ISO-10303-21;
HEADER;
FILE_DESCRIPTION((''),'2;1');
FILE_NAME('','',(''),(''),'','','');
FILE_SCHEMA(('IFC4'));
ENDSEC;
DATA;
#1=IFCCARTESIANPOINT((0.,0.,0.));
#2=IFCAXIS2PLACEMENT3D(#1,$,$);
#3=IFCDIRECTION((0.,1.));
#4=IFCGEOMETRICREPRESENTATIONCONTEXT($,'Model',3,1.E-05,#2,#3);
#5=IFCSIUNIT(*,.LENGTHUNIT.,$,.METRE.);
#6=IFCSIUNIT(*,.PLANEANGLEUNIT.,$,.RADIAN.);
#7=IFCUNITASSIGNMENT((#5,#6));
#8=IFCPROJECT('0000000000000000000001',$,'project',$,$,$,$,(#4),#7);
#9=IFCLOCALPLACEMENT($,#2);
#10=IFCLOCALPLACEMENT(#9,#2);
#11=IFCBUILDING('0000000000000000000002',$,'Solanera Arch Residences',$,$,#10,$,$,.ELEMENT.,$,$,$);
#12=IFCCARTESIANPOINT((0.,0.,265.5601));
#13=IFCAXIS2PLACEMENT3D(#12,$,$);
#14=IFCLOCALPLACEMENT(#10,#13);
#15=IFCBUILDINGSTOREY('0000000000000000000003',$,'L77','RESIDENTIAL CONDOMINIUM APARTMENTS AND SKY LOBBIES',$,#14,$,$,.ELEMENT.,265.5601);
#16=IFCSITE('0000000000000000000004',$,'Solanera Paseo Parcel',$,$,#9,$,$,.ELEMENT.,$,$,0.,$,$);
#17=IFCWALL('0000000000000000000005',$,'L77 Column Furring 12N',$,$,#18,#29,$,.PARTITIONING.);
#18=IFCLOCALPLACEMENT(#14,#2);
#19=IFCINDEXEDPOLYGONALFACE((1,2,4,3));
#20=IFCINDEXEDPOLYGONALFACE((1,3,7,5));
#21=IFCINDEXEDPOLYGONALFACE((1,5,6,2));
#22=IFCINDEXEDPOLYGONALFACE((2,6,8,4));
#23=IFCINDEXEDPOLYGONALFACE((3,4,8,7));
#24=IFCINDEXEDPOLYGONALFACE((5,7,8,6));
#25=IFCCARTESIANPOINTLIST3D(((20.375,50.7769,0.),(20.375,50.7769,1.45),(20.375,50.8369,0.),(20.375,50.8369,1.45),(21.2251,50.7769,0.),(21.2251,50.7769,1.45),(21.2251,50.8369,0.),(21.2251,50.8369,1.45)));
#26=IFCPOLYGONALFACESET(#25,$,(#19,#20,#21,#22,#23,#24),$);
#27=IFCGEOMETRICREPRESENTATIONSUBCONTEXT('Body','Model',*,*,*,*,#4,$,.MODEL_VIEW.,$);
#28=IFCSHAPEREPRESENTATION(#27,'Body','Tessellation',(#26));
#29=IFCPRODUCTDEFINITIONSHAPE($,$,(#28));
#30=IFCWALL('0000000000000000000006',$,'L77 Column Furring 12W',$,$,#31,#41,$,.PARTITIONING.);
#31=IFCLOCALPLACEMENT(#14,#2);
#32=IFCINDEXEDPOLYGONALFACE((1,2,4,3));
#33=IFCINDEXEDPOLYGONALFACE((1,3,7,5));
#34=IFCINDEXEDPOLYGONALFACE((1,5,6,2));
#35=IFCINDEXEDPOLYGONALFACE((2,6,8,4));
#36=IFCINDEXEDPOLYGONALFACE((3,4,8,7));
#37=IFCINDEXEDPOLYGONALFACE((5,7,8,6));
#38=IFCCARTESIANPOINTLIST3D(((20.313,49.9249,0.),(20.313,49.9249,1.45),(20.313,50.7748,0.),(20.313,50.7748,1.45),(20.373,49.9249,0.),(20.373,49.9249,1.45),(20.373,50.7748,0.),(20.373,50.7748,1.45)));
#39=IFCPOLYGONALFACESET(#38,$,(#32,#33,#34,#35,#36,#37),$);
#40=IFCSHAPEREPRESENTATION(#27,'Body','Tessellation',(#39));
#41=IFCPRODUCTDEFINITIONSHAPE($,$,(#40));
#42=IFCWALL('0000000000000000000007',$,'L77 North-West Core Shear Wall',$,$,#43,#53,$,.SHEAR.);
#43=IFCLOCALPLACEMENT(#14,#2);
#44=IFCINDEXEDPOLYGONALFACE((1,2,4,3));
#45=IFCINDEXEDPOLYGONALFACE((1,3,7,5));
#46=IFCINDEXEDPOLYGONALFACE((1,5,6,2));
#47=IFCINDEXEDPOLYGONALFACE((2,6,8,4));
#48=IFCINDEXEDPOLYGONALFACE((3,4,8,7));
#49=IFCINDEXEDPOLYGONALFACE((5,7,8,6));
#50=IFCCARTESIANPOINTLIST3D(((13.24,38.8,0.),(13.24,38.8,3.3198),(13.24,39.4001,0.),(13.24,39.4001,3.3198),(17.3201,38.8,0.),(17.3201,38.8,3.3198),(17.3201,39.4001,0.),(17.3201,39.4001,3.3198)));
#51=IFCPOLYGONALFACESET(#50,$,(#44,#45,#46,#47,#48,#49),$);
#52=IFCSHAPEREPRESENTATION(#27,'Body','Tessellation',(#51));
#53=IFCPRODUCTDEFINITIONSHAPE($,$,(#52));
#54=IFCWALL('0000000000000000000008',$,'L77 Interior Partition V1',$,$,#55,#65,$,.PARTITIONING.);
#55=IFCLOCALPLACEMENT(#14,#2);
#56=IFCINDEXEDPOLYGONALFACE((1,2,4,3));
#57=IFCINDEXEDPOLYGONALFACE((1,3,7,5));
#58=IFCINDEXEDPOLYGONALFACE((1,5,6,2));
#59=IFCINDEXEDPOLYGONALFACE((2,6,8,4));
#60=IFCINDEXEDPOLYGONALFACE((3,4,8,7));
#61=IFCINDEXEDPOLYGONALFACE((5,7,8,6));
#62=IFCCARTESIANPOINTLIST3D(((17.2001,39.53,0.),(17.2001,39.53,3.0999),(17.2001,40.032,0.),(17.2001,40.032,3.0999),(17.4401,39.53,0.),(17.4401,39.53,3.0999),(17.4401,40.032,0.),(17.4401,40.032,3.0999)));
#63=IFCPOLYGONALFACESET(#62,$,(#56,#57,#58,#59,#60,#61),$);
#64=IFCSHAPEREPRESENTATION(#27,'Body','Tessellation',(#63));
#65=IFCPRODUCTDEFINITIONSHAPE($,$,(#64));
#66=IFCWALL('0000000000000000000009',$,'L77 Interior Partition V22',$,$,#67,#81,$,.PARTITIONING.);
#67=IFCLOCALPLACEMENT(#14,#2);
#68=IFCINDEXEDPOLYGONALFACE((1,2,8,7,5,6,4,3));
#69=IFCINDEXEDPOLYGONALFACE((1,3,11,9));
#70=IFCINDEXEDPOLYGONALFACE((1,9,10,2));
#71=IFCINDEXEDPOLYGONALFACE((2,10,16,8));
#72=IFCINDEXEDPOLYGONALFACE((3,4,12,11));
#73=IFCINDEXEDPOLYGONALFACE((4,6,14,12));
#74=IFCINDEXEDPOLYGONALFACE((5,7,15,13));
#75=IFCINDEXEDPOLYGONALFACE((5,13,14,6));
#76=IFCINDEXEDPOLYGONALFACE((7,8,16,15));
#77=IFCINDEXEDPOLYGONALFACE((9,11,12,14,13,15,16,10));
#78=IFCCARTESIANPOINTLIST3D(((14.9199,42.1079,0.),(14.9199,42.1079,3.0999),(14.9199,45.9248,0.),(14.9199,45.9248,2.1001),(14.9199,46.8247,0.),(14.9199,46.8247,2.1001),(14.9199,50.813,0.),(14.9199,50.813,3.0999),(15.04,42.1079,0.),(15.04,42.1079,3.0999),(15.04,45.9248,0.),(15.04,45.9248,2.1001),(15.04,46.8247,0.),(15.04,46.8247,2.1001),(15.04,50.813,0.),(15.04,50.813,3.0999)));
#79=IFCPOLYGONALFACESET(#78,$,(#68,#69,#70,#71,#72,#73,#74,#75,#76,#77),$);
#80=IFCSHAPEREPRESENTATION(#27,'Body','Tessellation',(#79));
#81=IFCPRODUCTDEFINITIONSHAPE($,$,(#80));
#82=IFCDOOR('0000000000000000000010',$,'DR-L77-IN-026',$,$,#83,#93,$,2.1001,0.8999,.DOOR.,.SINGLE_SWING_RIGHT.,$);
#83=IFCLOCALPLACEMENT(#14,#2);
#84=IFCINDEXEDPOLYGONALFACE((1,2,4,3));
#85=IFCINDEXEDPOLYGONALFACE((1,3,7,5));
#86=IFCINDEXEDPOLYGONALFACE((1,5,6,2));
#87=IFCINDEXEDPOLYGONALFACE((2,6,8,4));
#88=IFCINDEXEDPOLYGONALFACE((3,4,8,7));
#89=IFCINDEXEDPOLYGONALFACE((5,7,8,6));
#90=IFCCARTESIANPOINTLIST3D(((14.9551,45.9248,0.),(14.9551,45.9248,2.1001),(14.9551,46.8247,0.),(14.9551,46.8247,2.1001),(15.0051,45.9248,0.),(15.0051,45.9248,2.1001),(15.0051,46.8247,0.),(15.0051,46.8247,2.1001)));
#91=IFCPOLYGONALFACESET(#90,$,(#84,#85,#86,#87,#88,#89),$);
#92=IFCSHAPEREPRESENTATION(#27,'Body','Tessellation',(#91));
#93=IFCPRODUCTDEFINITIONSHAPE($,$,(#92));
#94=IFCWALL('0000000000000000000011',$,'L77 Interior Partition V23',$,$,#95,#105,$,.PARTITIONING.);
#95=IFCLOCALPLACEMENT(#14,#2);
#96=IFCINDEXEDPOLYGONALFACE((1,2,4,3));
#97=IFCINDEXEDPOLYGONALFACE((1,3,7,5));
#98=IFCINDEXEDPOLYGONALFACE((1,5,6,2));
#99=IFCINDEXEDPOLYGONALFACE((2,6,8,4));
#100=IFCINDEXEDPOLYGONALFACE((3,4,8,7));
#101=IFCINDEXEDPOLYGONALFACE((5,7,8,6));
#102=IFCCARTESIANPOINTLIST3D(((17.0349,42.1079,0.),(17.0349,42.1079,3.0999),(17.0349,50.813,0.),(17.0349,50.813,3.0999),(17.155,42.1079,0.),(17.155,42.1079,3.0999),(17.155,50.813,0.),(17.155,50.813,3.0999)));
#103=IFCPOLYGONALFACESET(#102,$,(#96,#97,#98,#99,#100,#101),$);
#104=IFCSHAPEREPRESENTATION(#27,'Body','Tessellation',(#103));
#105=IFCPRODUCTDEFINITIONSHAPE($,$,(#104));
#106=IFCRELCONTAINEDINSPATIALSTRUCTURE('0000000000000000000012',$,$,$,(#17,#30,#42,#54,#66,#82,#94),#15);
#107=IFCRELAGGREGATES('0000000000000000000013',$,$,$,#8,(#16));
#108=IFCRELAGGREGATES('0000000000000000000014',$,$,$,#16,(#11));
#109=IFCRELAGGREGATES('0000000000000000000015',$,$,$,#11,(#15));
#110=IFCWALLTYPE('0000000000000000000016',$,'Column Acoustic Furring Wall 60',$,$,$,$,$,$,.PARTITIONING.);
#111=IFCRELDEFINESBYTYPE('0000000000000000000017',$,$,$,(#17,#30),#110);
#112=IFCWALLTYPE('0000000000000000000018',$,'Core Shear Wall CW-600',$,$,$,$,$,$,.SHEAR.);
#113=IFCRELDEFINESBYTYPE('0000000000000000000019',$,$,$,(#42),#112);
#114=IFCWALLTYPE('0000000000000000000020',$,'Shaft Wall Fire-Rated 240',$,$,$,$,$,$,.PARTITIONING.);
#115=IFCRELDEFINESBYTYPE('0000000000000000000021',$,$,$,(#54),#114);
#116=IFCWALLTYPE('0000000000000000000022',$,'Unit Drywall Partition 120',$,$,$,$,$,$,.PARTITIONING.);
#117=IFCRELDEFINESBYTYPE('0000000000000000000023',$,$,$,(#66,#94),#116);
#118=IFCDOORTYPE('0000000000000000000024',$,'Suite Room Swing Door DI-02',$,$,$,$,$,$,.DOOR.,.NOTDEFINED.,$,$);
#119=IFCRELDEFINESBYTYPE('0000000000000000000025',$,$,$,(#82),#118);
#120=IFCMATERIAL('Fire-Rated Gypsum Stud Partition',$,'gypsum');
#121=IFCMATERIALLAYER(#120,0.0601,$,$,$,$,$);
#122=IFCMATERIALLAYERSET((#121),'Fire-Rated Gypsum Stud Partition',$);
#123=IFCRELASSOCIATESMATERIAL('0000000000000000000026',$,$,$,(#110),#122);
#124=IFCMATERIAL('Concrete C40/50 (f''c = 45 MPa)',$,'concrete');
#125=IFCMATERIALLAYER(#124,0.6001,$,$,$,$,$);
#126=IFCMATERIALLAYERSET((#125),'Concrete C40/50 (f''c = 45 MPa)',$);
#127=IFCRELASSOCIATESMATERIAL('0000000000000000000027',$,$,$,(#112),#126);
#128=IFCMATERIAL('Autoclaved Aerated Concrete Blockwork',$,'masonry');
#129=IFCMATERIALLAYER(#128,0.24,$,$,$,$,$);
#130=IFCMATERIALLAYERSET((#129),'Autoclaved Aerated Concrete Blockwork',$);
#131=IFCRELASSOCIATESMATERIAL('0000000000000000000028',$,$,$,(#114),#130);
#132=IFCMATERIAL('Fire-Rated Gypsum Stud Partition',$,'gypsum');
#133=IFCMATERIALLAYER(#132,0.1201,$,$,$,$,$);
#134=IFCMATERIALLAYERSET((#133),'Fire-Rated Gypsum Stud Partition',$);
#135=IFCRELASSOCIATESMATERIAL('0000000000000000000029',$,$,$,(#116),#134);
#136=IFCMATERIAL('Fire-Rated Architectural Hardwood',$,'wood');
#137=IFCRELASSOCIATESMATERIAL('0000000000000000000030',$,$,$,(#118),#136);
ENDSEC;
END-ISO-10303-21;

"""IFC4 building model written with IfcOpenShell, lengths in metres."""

from ifc_helpers import new_model, si_unit, direction, frame, frame_2d, origin, place, context, subcontext, project, spatial, rectangle, extrude, material, layer, layer_set, type_object, element, fill, save


model = new_model("IFC4")

# Units and contexts
model_context = context("Model", 3, precision=1e-05, world=origin(), true_north=direction((0.0, 1.0)))
body_context = subcontext(model_context, "Body", "Model", "MODEL_VIEW")
ifc_project = project(units=[si_unit("LENGTHUNIT", "METRE"), si_unit("PLANEANGLEUNIT", "RADIAN")], contexts=[model_context])

# Site, building, storey
site_placement = place(None, origin())
site = spatial("IfcSite", under=ifc_project, at=site_placement, Name="Solanera Paseo Parcel", CompositionType="ELEMENT", RefElevation=0.0)
building_placement = place(site_placement, origin())
building = spatial("IfcBuilding", under=site, at=building_placement, Name="Solanera Arch Residences", CompositionType="ELEMENT")
storey_placement = place(building_placement, frame((0.0, 0.0, 265.5601)))
storey = spatial("IfcBuildingStorey", under=building, at=storey_placement, Name="L77", Description="RESIDENTIAL CONDOMINIUM APARTMENTS AND SKY LOBBIES", CompositionType="ELEMENT", Elevation=265.5601)

# Walls
ifc_material_1 = material(Name="Fire-Rated Gypsum Stud Partition", Category="gypsum")
ifc_layer_1 = layer(ifc_material_1, 0.0601)
ifc_layer_set_1 = layer_set([ifc_layer_1], Name="Fire-Rated Gypsum Stud Partition")
wall_type_1 = type_object("IfcWallType", Name="Column Acoustic Furring Wall 60", PredefinedType="PARTITIONING", material=ifc_layer_set_1)
for number, where, z_axis, x_axis, name in (
    (1, (20.375, 50.8069, 0.0), (0.0, 0.0, 1.0), (1.0, 0.0, 0.0), "L77 Column Furring 12N"),
):
    element("IfcWall", number, at=place(storey_placement, frame(where, z_axis=z_axis, x_axis=x_axis)), inside=storey, type_object=wall_type_1, Name=name, PredefinedType="PARTITIONING", context=body_context, shape_type="SweptSolid", body=[
        extrude(rectangle(XDim=0.8501, YDim=0.0601, at=frame_2d((0.425, 0.0))), origin(), (0.0, 0.0, 1.0), 1.45),
    ])
wall_1_placement = place(storey_placement, frame((20.343, 49.925, 0.0), z_axis=(0.0, 0.0, 1.0), x_axis=(0.0, 1.0, 0.0)))
element("IfcWall", 2, at=wall_1_placement, inside=storey, type_object=wall_type_1, Name="L77 Column Furring 12W", PredefinedType="PARTITIONING", context=body_context, shape_type="SweptSolid", body=[
    extrude(rectangle(XDim=0.8499, YDim=0.0601, at=frame_2d((0.4248, 0.0))), origin(), (0.0, 0.0, 1.0), 1.45),
])
ifc_material_2 = material(Name="Concrete C40/50 (f'c = 45 MPa)", Category="concrete")
ifc_layer_2 = layer(ifc_material_2, 0.6001)
ifc_layer_set_2 = layer_set([ifc_layer_2], Name="Concrete C40/50 (f'c = 45 MPa)")
wall_type_2 = type_object("IfcWallType", Name="Core Shear Wall CW-600", PredefinedType="SHEAR", material=ifc_layer_set_2)
wall_2_placement = place(storey_placement, frame((13.24, 39.1001, 0.0), z_axis=(0.0, 0.0, 1.0), x_axis=(1.0, 0.0, 0.0)))
element("IfcWall", 3, at=wall_2_placement, inside=storey, type_object=wall_type_2, Name="L77 North-West Core Shear Wall", PredefinedType="SHEAR", context=body_context, shape_type="SweptSolid", body=[
    extrude(rectangle(XDim=4.0801, YDim=0.6001, at=frame_2d((2.04, 0.0))), origin(), (0.0, 0.0, 1.0), 3.3198),
])
ifc_material_3 = material(Name="Autoclaved Aerated Concrete Blockwork", Category="masonry")
ifc_layer_3 = layer(ifc_material_3, 0.24)
ifc_layer_set_3 = layer_set([ifc_layer_3], Name="Autoclaved Aerated Concrete Blockwork")
wall_type_3 = type_object("IfcWallType", Name="Shaft Wall Fire-Rated 240", PredefinedType="PARTITIONING", material=ifc_layer_set_3)
wall_3_placement = place(storey_placement, frame((17.3201, 39.53, 0.0), z_axis=(0.0, 0.0, 1.0), x_axis=(0.0, 1.0, 0.0)))
element("IfcWall", 4, at=wall_3_placement, inside=storey, type_object=wall_type_3, Name="L77 Interior Partition V1", PredefinedType="PARTITIONING", context=body_context, shape_type="SweptSolid", body=[
    extrude(rectangle(XDim=0.502, YDim=0.24, at=frame_2d((0.251, 0.0))), origin(), (0.0, 0.0, 1.0), 3.0999),
])

# Wall, opening, door
ifc_material_4 = material(Name="Fire-Rated Gypsum Stud Partition", Category="gypsum")
ifc_layer_4 = layer(ifc_material_4, 0.1201)
ifc_layer_set_4 = layer_set([ifc_layer_4], Name="Fire-Rated Gypsum Stud Partition")
wall_type_4 = type_object("IfcWallType", Name="Unit Drywall Partition 120", PredefinedType="PARTITIONING", material=ifc_layer_set_4)
wall_4_placement = place(storey_placement, frame((14.98, 42.1079, 0.0), z_axis=(0.0, 0.0, 1.0), x_axis=(0.0, 1.0, 0.0)))
wall_4 = element("IfcWall", 5, at=wall_4_placement, inside=storey, type_object=wall_type_4, Name="L77 Interior Partition V22", PredefinedType="PARTITIONING", context=body_context, shape_type="SweptSolid", body=[
    extrude(rectangle(XDim=8.7051, YDim=0.1201, at=frame_2d((4.3525, 0.0))), origin(), (0.0, 0.0, 1.0), 3.0999),
])
opening_placement = place(wall_4_placement, frame((3.8169, 0.0, 0.0)))
opening = element("IfcOpeningElement", 6, at=opening_placement, cuts=wall_4, PredefinedType="OPENING", context=body_context, shape_type="SweptSolid", body=[
    extrude(rectangle(XDim=0.8999, YDim=2.1001, at=frame_2d((0.45, 1.05))), frame((0.0, 0.0701, 0.0), z_axis=(0.0, -1.0, 0.0), x_axis=(1.0, 0.0, 0.0)), (0.0, 0.0, 1.0), 0.1401),
])
ifc_material_5 = material(Name="Fire-Rated Architectural Hardwood", Category="wood")
door_type = type_object("IfcDoorType", Name="Suite Room Swing Door DI-02", OperationType="NOTDEFINED", PredefinedType="DOOR", material=ifc_material_5)
door_placement = place(opening_placement, origin())
door = element("IfcDoor", 7, at=door_placement, inside=storey, type_object=door_type, Name="DR-L77-IN-026", OperationType="SINGLE_SWING_RIGHT", OverallHeight=2.1001, OverallWidth=0.8999, PredefinedType="DOOR", context=body_context, shape_type="SweptSolid", body=[
    extrude(rectangle(XDim=0.8999, YDim=2.1001, at=frame_2d((0.45, 1.05))), frame((0.0, 0.0249, 0.0), z_axis=(0.0, -1.0, 0.0), x_axis=(1.0, 0.0, 0.0)), (0.0, 0.0, 1.0), 0.05),
])
fill(opening, door)

# Wall
wall_5_placement = place(storey_placement, frame((17.095, 42.1079, 0.0), z_axis=(0.0, 0.0, 1.0), x_axis=(0.0, 1.0, 0.0)))
element("IfcWall", 8, at=wall_5_placement, inside=storey, type_object=wall_type_4, Name="L77 Interior Partition V23", PredefinedType="PARTITIONING", context=body_context, shape_type="SweptSolid", body=[
    extrude(rectangle(XDim=8.7051, YDim=0.1201, at=frame_2d((4.3525, 0.0))), origin(), (0.0, 0.0, 1.0), 3.0999),
])

save(model, "model.ifc")
